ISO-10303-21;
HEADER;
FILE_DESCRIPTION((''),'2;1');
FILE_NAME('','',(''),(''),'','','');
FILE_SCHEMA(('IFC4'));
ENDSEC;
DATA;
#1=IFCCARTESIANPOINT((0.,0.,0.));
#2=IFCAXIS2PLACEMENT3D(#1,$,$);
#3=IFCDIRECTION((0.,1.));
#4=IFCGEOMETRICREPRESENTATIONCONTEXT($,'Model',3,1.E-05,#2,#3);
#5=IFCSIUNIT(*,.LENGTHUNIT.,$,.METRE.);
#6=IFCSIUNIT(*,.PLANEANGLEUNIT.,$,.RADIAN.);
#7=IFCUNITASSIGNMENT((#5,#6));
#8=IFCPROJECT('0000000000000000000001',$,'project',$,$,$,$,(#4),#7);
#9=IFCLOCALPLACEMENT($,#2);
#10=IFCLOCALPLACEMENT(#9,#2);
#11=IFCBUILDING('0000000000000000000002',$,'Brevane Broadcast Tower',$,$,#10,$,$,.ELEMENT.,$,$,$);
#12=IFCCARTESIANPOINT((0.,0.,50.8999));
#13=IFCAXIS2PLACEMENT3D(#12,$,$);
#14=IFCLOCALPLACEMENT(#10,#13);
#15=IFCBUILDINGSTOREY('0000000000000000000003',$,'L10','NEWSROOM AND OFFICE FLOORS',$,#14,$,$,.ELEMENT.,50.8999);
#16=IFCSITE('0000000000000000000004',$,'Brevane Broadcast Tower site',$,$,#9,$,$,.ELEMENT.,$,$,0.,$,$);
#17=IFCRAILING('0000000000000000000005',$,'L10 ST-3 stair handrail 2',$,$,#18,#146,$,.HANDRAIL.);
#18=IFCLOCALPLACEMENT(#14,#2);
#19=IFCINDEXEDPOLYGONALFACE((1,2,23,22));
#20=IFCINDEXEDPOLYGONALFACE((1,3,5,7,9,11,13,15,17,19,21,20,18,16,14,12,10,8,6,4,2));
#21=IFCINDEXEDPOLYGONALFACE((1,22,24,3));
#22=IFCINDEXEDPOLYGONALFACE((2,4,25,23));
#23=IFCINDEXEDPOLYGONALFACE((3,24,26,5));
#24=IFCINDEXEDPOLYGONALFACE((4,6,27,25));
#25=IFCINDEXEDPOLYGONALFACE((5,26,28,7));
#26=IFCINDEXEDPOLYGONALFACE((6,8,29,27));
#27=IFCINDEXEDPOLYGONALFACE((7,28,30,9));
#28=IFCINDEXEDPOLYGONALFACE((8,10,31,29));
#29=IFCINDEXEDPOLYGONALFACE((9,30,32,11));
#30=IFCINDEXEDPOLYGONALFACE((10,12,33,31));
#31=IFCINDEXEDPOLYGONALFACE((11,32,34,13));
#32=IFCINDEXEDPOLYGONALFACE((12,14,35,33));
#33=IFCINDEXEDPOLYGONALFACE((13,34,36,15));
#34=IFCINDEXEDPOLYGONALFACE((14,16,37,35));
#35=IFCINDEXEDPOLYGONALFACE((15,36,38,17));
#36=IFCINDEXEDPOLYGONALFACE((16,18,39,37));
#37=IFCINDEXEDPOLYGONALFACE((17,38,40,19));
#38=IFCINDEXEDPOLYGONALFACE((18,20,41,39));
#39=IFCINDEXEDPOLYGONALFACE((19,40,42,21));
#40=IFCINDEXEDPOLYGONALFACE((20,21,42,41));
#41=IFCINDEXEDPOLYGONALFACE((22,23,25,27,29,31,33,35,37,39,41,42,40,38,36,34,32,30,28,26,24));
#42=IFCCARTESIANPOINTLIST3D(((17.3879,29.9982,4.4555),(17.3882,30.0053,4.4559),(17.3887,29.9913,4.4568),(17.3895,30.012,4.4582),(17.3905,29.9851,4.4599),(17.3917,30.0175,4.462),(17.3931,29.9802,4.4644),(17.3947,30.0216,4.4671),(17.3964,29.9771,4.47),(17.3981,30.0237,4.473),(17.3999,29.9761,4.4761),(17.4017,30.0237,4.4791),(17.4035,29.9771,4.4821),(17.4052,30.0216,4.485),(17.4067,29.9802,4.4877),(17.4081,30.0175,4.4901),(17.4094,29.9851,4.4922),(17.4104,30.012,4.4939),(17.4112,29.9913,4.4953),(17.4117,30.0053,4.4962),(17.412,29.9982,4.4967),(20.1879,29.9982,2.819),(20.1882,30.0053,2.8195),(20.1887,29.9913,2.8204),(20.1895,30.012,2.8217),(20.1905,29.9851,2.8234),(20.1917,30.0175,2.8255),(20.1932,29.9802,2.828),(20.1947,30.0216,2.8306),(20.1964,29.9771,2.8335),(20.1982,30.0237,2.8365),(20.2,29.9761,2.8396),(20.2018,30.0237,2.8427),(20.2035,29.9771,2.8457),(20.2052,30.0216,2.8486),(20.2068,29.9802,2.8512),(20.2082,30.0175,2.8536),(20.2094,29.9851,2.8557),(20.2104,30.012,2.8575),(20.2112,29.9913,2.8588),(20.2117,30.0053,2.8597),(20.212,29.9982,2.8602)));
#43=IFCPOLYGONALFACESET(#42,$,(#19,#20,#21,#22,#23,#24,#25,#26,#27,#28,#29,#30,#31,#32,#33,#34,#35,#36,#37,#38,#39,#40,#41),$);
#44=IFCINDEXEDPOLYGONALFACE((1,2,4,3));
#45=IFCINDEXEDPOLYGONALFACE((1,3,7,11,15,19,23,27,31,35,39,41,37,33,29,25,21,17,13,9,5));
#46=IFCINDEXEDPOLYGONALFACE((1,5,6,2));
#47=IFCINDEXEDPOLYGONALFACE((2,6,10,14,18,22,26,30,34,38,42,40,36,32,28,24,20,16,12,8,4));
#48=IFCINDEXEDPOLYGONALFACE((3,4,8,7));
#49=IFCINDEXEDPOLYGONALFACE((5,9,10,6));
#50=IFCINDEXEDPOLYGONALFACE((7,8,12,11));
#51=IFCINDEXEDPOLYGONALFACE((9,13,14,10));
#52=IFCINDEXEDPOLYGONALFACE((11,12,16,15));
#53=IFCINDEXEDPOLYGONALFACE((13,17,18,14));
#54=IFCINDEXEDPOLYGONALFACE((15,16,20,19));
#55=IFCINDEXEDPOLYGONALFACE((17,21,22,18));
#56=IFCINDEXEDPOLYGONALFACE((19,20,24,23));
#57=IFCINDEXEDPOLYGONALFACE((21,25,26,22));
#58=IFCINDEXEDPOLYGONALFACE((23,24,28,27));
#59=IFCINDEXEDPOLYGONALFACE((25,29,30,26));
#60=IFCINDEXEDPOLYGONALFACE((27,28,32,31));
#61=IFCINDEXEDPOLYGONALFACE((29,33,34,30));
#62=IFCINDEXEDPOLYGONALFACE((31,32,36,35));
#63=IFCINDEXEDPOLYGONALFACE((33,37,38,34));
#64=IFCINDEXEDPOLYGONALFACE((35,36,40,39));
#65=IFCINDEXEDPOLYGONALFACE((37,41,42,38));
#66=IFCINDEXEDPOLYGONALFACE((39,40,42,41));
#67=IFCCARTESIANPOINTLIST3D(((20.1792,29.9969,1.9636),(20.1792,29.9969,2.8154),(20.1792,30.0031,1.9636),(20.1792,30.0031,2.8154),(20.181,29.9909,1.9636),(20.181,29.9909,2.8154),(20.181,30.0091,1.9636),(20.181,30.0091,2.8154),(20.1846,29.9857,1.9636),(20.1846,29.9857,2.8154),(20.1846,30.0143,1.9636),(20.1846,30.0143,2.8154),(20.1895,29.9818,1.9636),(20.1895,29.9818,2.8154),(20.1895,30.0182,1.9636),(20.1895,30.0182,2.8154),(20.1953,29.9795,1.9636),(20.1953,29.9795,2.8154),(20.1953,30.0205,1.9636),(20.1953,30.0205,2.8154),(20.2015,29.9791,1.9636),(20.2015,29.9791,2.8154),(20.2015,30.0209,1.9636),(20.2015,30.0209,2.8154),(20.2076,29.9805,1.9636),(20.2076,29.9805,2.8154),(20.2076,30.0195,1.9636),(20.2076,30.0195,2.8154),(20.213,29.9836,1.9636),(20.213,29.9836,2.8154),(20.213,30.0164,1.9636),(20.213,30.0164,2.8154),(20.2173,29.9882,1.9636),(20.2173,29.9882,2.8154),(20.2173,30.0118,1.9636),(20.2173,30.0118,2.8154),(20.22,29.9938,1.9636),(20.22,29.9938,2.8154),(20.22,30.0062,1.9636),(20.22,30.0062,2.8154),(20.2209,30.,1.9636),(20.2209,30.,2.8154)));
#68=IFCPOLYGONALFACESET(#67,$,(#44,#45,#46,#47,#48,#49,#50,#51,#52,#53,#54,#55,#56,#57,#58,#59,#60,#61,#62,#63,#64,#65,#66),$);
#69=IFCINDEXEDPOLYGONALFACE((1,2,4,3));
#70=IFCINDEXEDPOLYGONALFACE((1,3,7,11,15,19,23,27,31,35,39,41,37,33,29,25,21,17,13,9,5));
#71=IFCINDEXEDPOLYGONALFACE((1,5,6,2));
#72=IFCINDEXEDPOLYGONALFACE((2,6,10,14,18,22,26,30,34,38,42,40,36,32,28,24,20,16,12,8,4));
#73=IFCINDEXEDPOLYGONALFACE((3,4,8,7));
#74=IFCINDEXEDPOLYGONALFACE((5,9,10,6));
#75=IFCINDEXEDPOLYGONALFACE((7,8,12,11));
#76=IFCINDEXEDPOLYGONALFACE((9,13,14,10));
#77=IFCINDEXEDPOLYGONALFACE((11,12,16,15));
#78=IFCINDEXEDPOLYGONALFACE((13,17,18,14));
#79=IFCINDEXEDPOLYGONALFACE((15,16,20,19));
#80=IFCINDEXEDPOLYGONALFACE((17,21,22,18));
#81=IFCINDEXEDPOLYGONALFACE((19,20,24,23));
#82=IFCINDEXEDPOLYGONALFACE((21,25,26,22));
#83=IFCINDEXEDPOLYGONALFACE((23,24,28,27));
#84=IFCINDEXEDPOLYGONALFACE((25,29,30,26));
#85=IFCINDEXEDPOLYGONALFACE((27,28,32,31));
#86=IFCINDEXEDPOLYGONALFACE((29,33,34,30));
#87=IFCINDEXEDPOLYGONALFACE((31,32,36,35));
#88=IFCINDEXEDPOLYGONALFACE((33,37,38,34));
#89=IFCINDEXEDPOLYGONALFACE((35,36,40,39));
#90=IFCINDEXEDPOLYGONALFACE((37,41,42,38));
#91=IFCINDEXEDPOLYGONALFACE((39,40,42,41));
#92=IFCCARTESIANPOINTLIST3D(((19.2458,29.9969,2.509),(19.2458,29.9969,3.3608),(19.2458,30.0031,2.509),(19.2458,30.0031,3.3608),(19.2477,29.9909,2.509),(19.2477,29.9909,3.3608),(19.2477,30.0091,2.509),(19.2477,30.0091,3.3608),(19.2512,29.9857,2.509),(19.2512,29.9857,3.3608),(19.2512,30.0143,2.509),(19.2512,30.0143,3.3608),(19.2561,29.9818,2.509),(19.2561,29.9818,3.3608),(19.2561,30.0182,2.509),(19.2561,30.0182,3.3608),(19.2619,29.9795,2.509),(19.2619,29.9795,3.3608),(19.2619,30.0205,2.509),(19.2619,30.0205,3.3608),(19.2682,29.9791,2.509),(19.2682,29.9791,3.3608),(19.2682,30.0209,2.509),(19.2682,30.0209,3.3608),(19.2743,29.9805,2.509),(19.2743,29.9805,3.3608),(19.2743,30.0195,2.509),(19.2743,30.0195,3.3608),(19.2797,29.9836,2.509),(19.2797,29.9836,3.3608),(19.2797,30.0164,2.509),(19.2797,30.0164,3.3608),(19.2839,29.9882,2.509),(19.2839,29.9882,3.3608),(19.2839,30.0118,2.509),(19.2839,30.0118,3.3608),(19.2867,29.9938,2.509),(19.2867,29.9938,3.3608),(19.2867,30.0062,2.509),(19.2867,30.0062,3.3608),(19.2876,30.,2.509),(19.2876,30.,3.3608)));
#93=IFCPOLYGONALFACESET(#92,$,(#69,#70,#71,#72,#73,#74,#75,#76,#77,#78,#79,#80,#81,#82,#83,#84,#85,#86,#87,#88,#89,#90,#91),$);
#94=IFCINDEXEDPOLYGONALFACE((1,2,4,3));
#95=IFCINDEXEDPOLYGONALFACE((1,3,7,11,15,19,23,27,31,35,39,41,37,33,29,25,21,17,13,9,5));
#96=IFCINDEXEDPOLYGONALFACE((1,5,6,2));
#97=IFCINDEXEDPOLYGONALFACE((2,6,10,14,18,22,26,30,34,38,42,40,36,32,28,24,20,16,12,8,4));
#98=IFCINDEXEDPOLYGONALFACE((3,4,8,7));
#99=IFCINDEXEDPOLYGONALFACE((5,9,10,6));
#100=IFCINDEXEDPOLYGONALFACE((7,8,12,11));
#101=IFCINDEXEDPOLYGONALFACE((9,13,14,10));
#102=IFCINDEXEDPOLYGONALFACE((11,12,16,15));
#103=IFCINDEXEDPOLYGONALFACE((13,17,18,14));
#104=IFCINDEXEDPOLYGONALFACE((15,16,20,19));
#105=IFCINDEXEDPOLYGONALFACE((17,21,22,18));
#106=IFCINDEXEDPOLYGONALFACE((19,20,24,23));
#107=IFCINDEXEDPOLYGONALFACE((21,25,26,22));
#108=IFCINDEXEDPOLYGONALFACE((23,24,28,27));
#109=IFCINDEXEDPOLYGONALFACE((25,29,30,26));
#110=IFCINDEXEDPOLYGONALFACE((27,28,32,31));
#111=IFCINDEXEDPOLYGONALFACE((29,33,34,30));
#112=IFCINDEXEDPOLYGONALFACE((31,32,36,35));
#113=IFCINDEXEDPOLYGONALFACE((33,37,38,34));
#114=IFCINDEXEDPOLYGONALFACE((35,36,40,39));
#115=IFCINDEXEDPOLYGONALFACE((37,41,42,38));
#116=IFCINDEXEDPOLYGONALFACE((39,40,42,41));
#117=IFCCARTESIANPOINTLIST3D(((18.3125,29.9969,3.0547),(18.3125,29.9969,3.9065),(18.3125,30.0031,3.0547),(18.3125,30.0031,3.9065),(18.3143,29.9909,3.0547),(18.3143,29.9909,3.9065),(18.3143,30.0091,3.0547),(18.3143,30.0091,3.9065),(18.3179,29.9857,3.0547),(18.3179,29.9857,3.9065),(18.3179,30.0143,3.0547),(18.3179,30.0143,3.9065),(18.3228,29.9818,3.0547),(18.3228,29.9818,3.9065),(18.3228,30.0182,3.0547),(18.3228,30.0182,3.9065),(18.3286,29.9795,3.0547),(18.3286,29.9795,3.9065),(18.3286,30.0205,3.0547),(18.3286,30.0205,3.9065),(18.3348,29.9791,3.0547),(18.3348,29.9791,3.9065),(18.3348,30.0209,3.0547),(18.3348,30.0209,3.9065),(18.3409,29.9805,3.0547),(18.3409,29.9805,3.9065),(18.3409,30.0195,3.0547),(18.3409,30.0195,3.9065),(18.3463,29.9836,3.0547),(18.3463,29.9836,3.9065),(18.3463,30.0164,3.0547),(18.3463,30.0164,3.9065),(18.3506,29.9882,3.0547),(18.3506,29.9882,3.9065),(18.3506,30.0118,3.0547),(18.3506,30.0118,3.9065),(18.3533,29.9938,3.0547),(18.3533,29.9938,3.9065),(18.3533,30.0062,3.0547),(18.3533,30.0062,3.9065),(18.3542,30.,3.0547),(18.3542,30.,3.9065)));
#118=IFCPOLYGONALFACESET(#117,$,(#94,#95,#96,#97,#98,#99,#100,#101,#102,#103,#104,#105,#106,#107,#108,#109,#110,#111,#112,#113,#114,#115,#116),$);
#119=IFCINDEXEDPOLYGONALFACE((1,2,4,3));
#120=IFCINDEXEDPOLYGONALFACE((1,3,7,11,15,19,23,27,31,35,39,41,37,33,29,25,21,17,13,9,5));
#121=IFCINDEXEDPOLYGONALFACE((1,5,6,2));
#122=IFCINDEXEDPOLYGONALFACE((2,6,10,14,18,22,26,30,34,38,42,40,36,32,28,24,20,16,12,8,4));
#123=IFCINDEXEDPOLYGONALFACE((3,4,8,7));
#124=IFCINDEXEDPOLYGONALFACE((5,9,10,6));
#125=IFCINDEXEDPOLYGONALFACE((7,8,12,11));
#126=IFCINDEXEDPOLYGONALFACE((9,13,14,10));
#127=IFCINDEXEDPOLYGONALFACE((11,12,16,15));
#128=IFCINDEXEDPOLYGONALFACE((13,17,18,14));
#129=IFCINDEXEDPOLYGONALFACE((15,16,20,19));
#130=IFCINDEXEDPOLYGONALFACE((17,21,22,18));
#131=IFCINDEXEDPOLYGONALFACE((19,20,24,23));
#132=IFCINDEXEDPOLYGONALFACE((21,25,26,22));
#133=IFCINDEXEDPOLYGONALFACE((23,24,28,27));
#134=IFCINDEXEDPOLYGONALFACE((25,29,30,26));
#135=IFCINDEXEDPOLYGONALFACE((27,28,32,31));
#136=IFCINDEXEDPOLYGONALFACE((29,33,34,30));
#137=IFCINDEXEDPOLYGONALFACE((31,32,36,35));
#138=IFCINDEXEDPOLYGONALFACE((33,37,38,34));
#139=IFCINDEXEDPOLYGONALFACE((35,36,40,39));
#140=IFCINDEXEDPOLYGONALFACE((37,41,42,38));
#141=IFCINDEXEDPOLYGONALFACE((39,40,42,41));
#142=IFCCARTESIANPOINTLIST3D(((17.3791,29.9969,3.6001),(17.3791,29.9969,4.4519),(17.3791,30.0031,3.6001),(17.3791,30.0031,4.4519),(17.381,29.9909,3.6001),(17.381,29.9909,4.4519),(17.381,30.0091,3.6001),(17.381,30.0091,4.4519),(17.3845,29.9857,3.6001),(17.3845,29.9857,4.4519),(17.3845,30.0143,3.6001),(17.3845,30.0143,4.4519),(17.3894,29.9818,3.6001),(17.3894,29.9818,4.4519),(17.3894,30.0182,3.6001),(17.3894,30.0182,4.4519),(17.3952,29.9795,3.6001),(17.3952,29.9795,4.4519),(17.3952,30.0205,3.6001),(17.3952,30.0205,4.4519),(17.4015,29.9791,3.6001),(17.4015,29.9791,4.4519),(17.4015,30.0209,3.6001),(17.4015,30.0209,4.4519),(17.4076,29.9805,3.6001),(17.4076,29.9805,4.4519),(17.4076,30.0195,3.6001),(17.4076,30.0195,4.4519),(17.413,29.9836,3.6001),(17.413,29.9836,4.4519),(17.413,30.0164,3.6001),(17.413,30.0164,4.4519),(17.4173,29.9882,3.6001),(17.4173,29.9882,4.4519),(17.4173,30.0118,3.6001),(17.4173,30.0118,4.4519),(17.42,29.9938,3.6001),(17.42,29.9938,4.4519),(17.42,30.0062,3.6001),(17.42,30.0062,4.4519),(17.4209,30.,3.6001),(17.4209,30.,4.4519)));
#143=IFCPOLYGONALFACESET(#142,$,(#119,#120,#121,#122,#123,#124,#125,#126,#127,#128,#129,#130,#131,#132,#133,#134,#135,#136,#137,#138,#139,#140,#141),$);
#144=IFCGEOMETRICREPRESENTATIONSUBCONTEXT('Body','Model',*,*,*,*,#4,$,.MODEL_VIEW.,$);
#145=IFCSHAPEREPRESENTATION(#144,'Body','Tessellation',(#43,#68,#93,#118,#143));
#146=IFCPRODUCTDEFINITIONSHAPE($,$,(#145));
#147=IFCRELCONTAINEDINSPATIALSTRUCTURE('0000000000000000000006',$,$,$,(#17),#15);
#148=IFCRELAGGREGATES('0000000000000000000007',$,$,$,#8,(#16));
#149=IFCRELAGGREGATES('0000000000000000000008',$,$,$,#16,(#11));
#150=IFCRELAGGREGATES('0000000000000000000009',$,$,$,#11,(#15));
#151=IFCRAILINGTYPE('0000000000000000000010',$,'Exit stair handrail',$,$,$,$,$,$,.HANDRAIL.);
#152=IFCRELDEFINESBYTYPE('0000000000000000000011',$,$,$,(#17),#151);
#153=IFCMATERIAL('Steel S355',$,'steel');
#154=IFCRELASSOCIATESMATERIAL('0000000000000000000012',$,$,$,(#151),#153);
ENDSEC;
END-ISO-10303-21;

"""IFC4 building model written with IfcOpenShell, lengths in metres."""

from ifc_helpers import new_model, si_unit, direction, frame, origin, origin_2d, place, context, subcontext, project, spatial, circle, extrude, material, type_object, element, save


model = new_model("IFC4")

# Units and contexts
model_context = context("Model", 3, precision=1e-05, world=origin(), true_north=direction((0.0, 1.0)))
body_context = subcontext(model_context, "Body", "Model", "MODEL_VIEW")
ifc_project = project(units=[si_unit("LENGTHUNIT", "METRE"), si_unit("PLANEANGLEUNIT", "RADIAN")], contexts=[model_context])

# Site, building, storey
site_placement = place(None, origin())
site = spatial("IfcSite", under=ifc_project, at=site_placement, Name="Brevane Broadcast Tower site", CompositionType="ELEMENT", RefElevation=0.0)
building_placement = place(site_placement, origin())
building = spatial("IfcBuilding", under=site, at=building_placement, Name="Brevane Broadcast Tower", CompositionType="ELEMENT")
storey_placement = place(building_placement, frame((0.0, 0.0, 50.8999)))
storey = spatial("IfcBuildingStorey", under=building, at=storey_placement, Name="L10", Description="NEWSROOM AND OFFICE FLOORS", CompositionType="ELEMENT", Elevation=50.8999)

# Railing
ifc_material_1 = material(Name="Steel S355", Category="steel")
railing_type_1 = type_object("IfcRailingType", Name="Exit stair handrail", PredefinedType="HANDRAIL", material=ifc_material_1)
railing_1_placement = place(storey_placement, frame((20.2, 30.0, 1.9636)))
element("IfcRailing", 1, at=railing_1_placement, inside=storey, type_object=railing_type_1, Name="L10 ST-3 stair handrail 2", PredefinedType="HANDRAIL", context=body_context, shape_type="SweptSolid", body=[
    extrude(circle(Radius=0.0239, at=origin_2d()), frame((0.0, 0.0, 0.876), z_axis=(-0.863361, 0.0, 0.504587), x_axis=(0.0, -1.0, 0.0)), (0.0, 0.0, 1.0), 3.2432),
    extrude(circle(Radius=0.021, at=origin_2d()), origin(), (0.0, 0.0, 1.0), 0.8518),
    extrude(circle(Radius=0.021, at=origin_2d()), frame((-0.9333, 0.0, 0.5454)), (0.0, 0.0, 1.0), 0.8518),
    extrude(circle(Radius=0.021, at=origin_2d()), frame((-1.8667, 0.0, 1.0911)), (0.0, 0.0, 1.0), 0.8518),
    extrude(circle(Radius=0.021, at=origin_2d()), frame((-2.8, 0.0, 1.6365)), (0.0, 0.0, 1.0), 0.8518),
])

save(model, "model.ifc")
